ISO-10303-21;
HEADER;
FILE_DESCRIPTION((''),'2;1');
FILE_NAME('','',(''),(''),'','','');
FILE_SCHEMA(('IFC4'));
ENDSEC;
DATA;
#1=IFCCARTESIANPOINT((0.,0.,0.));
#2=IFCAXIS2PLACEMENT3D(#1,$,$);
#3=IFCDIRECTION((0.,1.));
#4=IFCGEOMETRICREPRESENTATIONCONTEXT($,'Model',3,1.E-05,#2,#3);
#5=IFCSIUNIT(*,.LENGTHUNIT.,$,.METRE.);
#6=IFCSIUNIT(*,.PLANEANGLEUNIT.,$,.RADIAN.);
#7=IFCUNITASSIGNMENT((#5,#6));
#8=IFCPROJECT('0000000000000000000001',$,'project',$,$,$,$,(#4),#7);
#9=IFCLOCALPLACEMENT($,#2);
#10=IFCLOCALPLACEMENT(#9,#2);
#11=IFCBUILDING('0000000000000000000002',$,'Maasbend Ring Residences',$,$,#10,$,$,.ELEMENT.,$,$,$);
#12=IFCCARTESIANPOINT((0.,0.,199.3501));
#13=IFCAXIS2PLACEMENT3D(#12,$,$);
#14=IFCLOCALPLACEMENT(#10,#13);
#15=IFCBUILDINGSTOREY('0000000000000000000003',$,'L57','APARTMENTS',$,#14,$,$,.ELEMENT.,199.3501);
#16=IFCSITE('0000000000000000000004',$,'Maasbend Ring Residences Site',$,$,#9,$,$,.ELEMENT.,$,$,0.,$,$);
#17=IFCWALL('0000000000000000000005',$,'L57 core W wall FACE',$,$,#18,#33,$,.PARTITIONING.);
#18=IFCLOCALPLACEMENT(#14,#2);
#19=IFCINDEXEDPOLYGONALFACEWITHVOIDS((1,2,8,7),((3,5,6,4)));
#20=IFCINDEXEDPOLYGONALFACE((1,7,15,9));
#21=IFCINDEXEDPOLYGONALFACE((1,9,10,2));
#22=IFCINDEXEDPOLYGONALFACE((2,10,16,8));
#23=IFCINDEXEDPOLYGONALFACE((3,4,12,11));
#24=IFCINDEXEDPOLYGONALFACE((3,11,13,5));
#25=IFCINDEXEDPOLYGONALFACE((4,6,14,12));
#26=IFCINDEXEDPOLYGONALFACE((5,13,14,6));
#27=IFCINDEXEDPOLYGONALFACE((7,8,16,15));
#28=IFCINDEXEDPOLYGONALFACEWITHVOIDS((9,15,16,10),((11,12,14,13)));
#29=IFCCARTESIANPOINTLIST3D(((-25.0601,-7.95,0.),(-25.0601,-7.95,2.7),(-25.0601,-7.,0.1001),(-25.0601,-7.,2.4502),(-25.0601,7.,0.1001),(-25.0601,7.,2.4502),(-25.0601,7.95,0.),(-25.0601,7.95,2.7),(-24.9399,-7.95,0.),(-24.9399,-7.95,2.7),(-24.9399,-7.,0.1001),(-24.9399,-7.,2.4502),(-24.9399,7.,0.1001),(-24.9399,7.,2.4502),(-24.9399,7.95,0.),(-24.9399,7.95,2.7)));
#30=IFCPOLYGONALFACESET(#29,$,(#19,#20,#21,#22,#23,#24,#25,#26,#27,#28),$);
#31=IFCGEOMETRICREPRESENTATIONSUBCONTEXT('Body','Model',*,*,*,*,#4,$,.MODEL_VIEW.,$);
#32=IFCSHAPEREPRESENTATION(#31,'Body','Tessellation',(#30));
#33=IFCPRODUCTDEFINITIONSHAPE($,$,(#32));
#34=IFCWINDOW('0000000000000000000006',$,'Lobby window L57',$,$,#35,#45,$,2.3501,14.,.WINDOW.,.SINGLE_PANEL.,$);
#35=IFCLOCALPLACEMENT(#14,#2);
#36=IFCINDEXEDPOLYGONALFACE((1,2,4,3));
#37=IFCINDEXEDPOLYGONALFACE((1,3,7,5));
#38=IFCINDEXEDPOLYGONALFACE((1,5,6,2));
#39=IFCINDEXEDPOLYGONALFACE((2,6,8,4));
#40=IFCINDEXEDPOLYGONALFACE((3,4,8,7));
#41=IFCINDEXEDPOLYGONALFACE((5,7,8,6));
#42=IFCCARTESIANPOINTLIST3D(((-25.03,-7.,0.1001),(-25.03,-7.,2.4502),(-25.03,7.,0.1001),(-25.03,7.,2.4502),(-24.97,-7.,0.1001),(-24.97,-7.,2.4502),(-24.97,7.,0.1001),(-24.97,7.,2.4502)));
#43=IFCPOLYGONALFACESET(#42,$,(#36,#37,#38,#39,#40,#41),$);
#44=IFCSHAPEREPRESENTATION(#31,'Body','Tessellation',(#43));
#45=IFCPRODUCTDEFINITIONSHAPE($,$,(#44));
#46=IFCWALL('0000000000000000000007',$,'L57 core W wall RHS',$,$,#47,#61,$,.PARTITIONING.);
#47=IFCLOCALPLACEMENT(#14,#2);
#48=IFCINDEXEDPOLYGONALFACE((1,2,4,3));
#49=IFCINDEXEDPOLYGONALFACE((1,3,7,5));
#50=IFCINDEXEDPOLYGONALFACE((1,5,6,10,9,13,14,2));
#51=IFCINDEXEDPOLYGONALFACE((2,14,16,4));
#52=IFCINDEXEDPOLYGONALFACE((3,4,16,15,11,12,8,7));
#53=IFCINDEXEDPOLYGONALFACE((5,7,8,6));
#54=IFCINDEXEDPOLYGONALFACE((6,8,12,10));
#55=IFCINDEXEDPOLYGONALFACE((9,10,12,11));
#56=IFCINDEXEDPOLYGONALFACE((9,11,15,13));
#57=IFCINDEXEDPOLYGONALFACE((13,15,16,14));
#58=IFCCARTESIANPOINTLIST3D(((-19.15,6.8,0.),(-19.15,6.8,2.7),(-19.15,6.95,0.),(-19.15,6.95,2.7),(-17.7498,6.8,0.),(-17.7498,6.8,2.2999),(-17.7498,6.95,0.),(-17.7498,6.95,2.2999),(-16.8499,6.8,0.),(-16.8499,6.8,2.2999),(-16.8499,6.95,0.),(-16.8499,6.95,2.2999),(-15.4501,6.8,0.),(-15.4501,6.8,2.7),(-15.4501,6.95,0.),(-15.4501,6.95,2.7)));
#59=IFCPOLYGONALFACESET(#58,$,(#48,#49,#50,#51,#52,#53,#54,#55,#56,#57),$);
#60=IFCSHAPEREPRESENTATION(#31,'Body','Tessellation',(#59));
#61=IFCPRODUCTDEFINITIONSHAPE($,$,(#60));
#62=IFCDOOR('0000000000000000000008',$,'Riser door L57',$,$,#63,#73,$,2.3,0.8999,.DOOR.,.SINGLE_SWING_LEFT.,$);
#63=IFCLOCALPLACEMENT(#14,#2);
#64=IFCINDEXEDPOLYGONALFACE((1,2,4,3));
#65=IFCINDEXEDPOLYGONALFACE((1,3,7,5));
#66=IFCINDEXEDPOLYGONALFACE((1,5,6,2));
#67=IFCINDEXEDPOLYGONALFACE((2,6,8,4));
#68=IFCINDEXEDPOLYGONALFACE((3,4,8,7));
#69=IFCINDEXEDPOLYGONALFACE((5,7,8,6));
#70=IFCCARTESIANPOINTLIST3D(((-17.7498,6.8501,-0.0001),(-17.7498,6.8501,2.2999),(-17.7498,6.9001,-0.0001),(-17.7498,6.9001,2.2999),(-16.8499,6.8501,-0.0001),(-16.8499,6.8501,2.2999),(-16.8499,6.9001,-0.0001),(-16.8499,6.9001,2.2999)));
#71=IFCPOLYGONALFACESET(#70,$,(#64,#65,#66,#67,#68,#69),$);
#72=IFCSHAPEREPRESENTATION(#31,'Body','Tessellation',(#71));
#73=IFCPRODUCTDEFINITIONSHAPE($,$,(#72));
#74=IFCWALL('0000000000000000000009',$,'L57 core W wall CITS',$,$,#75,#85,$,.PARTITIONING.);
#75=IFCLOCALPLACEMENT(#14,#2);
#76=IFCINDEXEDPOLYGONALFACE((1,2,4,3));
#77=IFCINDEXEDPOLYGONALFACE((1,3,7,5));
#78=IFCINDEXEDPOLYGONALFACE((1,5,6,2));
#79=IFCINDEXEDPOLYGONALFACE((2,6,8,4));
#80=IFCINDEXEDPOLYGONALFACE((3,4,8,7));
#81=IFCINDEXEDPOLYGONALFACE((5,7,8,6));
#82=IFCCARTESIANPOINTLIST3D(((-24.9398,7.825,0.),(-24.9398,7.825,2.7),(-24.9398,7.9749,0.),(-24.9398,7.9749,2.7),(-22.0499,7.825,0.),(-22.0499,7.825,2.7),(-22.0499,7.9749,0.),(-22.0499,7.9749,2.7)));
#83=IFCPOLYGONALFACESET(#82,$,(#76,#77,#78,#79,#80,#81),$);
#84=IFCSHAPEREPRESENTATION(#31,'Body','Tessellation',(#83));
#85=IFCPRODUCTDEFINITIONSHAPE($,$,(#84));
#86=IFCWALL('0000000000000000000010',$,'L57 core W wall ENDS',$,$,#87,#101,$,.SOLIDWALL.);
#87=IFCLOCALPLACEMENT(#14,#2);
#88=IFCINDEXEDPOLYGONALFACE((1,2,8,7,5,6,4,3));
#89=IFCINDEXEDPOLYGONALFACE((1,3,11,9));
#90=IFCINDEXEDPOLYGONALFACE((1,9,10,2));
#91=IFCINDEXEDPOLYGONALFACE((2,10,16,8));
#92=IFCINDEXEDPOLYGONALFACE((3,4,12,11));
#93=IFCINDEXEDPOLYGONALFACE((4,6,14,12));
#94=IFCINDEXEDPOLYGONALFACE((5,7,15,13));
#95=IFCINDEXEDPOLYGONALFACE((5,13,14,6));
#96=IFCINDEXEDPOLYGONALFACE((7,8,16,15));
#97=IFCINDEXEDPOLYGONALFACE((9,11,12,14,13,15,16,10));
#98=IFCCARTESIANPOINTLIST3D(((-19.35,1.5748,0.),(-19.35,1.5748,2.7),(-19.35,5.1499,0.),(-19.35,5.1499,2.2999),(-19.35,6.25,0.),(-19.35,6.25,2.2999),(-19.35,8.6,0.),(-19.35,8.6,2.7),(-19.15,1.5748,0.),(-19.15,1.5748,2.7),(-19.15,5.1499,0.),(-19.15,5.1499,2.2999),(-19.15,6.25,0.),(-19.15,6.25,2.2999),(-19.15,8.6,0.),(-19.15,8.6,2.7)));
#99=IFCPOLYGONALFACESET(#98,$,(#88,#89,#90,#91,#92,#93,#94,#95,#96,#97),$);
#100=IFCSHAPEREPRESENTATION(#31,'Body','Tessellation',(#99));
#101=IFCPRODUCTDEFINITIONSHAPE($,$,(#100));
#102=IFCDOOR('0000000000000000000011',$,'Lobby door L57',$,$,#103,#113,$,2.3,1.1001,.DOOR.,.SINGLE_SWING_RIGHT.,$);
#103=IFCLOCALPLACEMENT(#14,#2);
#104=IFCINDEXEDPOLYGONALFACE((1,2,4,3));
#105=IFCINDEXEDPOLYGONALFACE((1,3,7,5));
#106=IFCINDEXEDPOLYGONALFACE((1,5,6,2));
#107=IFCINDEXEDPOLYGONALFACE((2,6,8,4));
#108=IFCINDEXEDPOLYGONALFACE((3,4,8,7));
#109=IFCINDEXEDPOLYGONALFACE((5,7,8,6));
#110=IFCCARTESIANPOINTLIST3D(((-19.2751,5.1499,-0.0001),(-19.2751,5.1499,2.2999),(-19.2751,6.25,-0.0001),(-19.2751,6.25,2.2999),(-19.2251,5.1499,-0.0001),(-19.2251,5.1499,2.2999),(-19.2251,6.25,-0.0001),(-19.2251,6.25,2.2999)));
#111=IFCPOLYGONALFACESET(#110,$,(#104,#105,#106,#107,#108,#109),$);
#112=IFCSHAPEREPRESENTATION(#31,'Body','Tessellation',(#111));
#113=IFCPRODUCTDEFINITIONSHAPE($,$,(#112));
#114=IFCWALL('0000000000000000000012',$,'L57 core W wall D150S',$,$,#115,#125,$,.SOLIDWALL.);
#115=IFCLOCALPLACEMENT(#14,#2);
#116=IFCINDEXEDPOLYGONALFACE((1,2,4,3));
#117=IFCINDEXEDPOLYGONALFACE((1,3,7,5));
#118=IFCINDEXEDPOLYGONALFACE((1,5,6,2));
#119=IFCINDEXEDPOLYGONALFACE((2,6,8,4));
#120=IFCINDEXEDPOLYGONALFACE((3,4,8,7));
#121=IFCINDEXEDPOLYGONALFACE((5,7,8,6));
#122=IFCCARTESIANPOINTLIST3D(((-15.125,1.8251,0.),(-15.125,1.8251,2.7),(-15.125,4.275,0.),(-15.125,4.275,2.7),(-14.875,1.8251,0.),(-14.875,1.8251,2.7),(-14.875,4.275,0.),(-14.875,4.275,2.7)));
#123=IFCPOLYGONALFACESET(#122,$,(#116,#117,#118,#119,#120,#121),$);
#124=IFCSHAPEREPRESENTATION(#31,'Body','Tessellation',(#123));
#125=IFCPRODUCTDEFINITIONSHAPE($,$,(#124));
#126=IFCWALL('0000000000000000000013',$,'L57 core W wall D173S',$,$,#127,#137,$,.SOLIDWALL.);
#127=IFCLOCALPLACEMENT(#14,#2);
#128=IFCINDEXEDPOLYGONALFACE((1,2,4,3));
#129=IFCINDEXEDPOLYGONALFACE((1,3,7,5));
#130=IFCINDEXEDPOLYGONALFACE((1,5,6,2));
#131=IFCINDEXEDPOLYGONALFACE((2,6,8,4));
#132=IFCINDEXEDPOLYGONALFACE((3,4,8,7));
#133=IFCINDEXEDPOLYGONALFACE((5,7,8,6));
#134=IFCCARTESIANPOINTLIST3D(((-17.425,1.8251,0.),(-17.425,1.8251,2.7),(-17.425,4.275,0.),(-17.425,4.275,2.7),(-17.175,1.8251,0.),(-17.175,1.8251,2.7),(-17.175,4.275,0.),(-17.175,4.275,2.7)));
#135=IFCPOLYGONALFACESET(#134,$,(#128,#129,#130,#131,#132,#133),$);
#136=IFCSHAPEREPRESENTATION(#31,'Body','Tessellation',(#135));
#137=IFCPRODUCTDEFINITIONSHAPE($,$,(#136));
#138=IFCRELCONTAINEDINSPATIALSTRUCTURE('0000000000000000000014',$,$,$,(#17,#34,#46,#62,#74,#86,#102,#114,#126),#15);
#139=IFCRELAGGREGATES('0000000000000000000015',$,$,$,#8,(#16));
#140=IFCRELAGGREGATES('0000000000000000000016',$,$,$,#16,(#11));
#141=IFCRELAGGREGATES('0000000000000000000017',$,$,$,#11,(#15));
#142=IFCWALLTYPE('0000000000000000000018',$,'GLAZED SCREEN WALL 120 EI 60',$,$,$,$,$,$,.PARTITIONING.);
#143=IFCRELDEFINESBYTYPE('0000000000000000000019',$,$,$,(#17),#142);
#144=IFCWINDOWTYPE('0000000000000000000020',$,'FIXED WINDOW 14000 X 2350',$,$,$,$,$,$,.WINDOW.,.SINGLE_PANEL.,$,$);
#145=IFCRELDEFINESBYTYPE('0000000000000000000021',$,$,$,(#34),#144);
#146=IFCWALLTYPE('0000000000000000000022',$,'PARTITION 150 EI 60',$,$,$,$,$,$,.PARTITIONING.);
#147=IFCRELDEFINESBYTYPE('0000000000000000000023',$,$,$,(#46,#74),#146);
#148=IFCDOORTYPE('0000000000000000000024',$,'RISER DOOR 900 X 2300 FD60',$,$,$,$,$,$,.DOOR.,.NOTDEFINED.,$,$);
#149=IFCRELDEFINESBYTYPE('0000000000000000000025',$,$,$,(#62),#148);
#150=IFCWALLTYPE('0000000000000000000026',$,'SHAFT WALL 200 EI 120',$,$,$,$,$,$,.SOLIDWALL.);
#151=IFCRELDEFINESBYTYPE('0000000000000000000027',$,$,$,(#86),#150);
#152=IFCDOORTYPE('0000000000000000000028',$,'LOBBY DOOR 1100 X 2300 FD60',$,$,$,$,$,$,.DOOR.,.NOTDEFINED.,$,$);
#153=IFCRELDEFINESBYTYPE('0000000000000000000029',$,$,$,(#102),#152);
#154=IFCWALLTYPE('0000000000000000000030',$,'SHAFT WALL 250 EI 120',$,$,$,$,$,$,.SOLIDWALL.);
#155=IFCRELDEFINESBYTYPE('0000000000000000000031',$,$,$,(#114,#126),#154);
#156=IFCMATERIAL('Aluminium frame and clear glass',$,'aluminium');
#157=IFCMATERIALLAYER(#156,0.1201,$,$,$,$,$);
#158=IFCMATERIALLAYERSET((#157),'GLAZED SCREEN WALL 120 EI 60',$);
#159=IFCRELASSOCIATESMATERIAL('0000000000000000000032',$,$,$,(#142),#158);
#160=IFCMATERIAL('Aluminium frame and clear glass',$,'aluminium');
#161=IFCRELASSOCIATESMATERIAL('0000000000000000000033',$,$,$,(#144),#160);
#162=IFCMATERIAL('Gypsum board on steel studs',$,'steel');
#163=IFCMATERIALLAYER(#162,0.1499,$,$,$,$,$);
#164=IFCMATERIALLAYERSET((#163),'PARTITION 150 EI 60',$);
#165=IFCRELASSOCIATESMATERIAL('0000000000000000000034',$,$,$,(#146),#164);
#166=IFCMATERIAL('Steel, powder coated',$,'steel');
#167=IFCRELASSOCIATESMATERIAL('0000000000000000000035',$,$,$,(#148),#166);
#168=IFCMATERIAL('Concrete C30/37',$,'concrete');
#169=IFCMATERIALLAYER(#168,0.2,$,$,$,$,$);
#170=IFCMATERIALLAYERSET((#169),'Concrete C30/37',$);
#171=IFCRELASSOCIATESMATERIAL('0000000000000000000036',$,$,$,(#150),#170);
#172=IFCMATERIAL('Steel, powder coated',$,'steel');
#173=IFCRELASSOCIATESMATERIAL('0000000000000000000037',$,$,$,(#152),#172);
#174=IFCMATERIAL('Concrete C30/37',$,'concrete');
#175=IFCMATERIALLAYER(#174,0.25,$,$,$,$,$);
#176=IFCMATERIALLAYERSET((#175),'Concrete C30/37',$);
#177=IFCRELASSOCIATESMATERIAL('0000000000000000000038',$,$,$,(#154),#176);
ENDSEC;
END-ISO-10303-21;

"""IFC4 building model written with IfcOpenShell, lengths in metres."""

from ifc_helpers import new_model, si_unit, direction, frame, frame_2d, origin, place, context, subcontext, project, spatial, rectangle, extrude, material, layer, layer_set, type_object, element, fill, save


model = new_model("IFC4")

# Units and contexts
model_context = context("Model", 3, precision=1e-05, world=origin(), true_north=direction((0.0, 1.0)))
body_context = subcontext(model_context, "Body", "Model", "MODEL_VIEW")
ifc_project = project(units=[si_unit("LENGTHUNIT", "METRE"), si_unit("PLANEANGLEUNIT", "RADIAN")], contexts=[model_context])

# Site, building, storey
site_placement = place(None, origin())
site = spatial("IfcSite", under=ifc_project, at=site_placement, Name="Maasbend Ring Residences Site", CompositionType="ELEMENT", RefElevation=0.0)
building_placement = place(site_placement, origin())
building = spatial("IfcBuilding", under=site, at=building_placement, Name="Maasbend Ring Residences", CompositionType="ELEMENT")
storey_placement = place(building_placement, frame((0.0, 0.0, 199.3501)))
storey = spatial("IfcBuildingStorey", under=building, at=storey_placement, Name="L57", Description="APARTMENTS", CompositionType="ELEMENT", Elevation=199.3501)

# Wall, opening, window
ifc_material_1 = material(Name="Aluminium frame and clear glass", Category="aluminium")
ifc_layer_1 = layer(ifc_material_1, 0.1201)
ifc_layer_set_1 = layer_set([ifc_layer_1], Name="GLAZED SCREEN WALL 120 EI 60")
wall_type_1 = type_object("IfcWallType", Name="GLAZED SCREEN WALL 120 EI 60", PredefinedType="PARTITIONING", material=ifc_layer_set_1)
wall_1_placement = place(storey_placement, frame((-25.0, 7.95, 0.0), z_axis=(0.0, 0.0, 1.0), x_axis=(0.0, -1.0, 0.0)))
wall_1 = element("IfcWall", 1, at=wall_1_placement, inside=storey, type_object=wall_type_1, Name="L57 core W wall FACE", PredefinedType="PARTITIONING", context=body_context, shape_type="SweptSolid", body=[
    extrude(rectangle(XDim=15.8999, YDim=0.1201, at=frame_2d((7.95, 0.0))), origin(), (0.0, 0.0, 1.0), 2.7),
])
opening_1_placement = place(wall_1_placement, frame((0.95, 0.0, 0.1001)))
opening_1 = element("IfcOpeningElement", 2, at=opening_1_placement, cuts=wall_1, PredefinedType="OPENING", context=body_context, shape_type="SweptSolid", body=[
    extrude(rectangle(XDim=14.0, YDim=2.3501, at=frame_2d((7.0, 1.175))), frame((0.0, 0.0701, 0.0), z_axis=(0.0, -1.0, 0.0), x_axis=(1.0, 0.0, 0.0)), (0.0, 0.0, 1.0), 0.1401),
])
ifc_material_2 = material(Name="Aluminium frame and clear glass", Category="aluminium")
window_type = type_object("IfcWindowType", Name="FIXED WINDOW 14000 X 2350", PartitioningType="SINGLE_PANEL", PredefinedType="WINDOW", material=ifc_material_2)
window_placement = place(opening_1_placement, origin())
window = element("IfcWindow", 3, at=window_placement, inside=storey, type_object=window_type, Name="Lobby window L57", OverallHeight=2.3501, OverallWidth=14.0, PartitioningType="SINGLE_PANEL", PredefinedType="WINDOW", context=body_context, shape_type="SweptSolid", body=[
    extrude(rectangle(XDim=14.0, YDim=2.3501, at=frame_2d((7.0, 1.175))), frame((0.0, 0.03, 0.0), z_axis=(0.0, -1.0, 0.0), x_axis=(1.0, 0.0, 0.0)), (0.0, 0.0, 1.0), 0.0601),
])
fill(opening_1, window)

# Wall, opening, door
ifc_material_3 = material(Name="Gypsum board on steel studs", Category="steel")
ifc_layer_2 = layer(ifc_material_3, 0.1499)
ifc_layer_set_2 = layer_set([ifc_layer_2], Name="PARTITION 150 EI 60")
wall_type_2 = type_object("IfcWallType", Name="PARTITION 150 EI 60", PredefinedType="PARTITIONING", material=ifc_layer_set_2)
wall_2_placement = place(storey_placement, frame((-15.45, 6.875, 0.0), z_axis=(0.0, 0.0, 1.0), x_axis=(-1.0, 0.0, 0.0)))
wall_2 = element("IfcWall", 4, at=wall_2_placement, inside=storey, type_object=wall_type_2, Name="L57 core W wall RHS", PredefinedType="PARTITIONING", context=body_context, shape_type="SweptSolid", body=[
    extrude(rectangle(XDim=3.7, YDim=0.1499, at=frame_2d((1.8501, 0.0))), origin(), (0.0, 0.0, 1.0), 2.7),
])
opening_2_placement = place(wall_2_placement, frame((1.3999, 0.0, 0.0)))
opening_2 = element("IfcOpeningElement", 5, at=opening_2_placement, cuts=wall_2, PredefinedType="OPENING", context=body_context, shape_type="SweptSolid", body=[
    extrude(rectangle(XDim=0.8999, YDim=2.3, at=frame_2d((0.45, 1.1499))), frame((0.0, 0.085, 0.0), z_axis=(0.0, -1.0, 0.0), x_axis=(1.0, 0.0, 0.0)), (0.0, 0.0, 1.0), 0.1699),
])
ifc_material_4 = material(Name="Steel, powder coated", Category="steel")
door_type_1 = type_object("IfcDoorType", Name="RISER DOOR 900 X 2300 FD60", OperationType="NOTDEFINED", PredefinedType="DOOR", material=ifc_material_4)
door_1_placement = place(opening_2_placement, origin())
door_1 = element("IfcDoor", 6, at=door_1_placement, inside=storey, type_object=door_type_1, Name="Riser door L57", OperationType="SINGLE_SWING_LEFT", OverallHeight=2.3, OverallWidth=0.8999, PredefinedType="DOOR", context=body_context, shape_type="SweptSolid", body=[
    extrude(rectangle(XDim=0.8999, YDim=2.3, at=frame_2d((0.45, 1.1499))), frame((0.0, 0.0249, 0.0), z_axis=(0.0, -1.0, 0.0), x_axis=(1.0, 0.0, 0.0)), (0.0, 0.0, 1.0), 0.05),
])
fill(opening_2, door_1)

# Wall
wall_3_placement = place(storey_placement, frame((-22.05, 7.8999, 0.0), z_axis=(0.0, 0.0, 1.0), x_axis=(-1.0, 0.0, 0.0)))
element("IfcWall", 7, at=wall_3_placement, inside=storey, type_object=wall_type_2, Name="L57 core W wall CITS", PredefinedType="PARTITIONING", context=body_context, shape_type="SweptSolid", body=[
    extrude(rectangle(XDim=2.8899, YDim=0.1499, at=frame_2d((1.4448, 0.0))), origin(), (0.0, 0.0, 1.0), 2.7),
])

# Wall, opening, door
ifc_material_5 = material(Name="Concrete C30/37", Category="concrete")
ifc_layer_3 = layer(ifc_material_5, 0.2)
ifc_layer_set_3 = layer_set([ifc_layer_3], Name="Concrete C30/37")
wall_type_3 = type_object("IfcWallType", Name="SHAFT WALL 200 EI 120", PredefinedType="SOLIDWALL", material=ifc_layer_set_3)
wall_4_placement = place(storey_placement, frame((-19.25, 8.6001, 0.0), z_axis=(0.0, 0.0, 1.0), x_axis=(0.0, -1.0, 0.0)))
wall_4 = element("IfcWall", 8, at=wall_4_placement, inside=storey, type_object=wall_type_3, Name="L57 core W wall ENDS", PredefinedType="SOLIDWALL", context=body_context, shape_type="SweptSolid", body=[
    extrude(rectangle(XDim=7.0251, YDim=0.2, at=frame_2d((3.5127, 0.0))), origin(), (0.0, 0.0, 1.0), 2.7),
])
opening_3_placement = place(wall_4_placement, frame((2.3501, 0.0, 0.0)))
opening_3 = element("IfcOpeningElement", 9, at=opening_3_placement, cuts=wall_4, PredefinedType="OPENING", context=body_context, shape_type="SweptSolid", body=[
    extrude(rectangle(XDim=1.1001, YDim=2.3, at=frame_2d((0.55, 1.1499))), frame((0.0, 0.1099, 0.0), z_axis=(0.0, -1.0, 0.0), x_axis=(1.0, 0.0, 0.0)), (0.0, 0.0, 1.0), 0.22),
])
ifc_material_6 = material(Name="Steel, powder coated", Category="steel")
door_type_2 = type_object("IfcDoorType", Name="LOBBY DOOR 1100 X 2300 FD60", OperationType="NOTDEFINED", PredefinedType="DOOR", material=ifc_material_6)
door_2_placement = place(opening_3_placement, origin())
door_2 = element("IfcDoor", 10, at=door_2_placement, inside=storey, type_object=door_type_2, Name="Lobby door L57", OperationType="SINGLE_SWING_RIGHT", OverallHeight=2.3, OverallWidth=1.1001, PredefinedType="DOOR", context=body_context, shape_type="SweptSolid", body=[
    extrude(rectangle(XDim=1.1001, YDim=2.3, at=frame_2d((0.55, 1.1499))), frame((0.0, 0.0249, 0.0), z_axis=(0.0, -1.0, 0.0), x_axis=(1.0, 0.0, 0.0)), (0.0, 0.0, 1.0), 0.05),
])
fill(opening_3, door_2)

# Walls
ifc_material_7 = material(Name="Concrete C30/37", Category="concrete")
ifc_layer_4 = layer(ifc_material_7, 0.25)
ifc_layer_set_4 = layer_set([ifc_layer_4], Name="Concrete C30/37")
wall_type_4 = type_object("IfcWallType", Name="SHAFT WALL 250 EI 120", PredefinedType="SOLIDWALL", material=ifc_layer_set_4)
for number, where, z_axis, x_axis, name in (
    (11, (-15.0, 1.825, 0.0), (0.0, 0.0, 1.0), (0.0, 1.0, 0.0), "L57 core W wall D150S"),
    (12, (-17.3, 1.825, 0.0), (0.0, 0.0, 1.0), (0.0, 1.0, 0.0), "L57 core W wall D173S"),
):
    element("IfcWall", number, at=place(storey_placement, frame(where, z_axis=z_axis, x_axis=x_axis)), inside=storey, type_object=wall_type_4, Name=name, PredefinedType="SOLIDWALL", context=body_context, shape_type="SweptSolid", body=[
        extrude(rectangle(XDim=2.45, YDim=0.25, at=frame_2d((1.2251, 0.0))), origin(), (0.0, 0.0, 1.0), 2.7),
    ])

save(model, "model.ifc")
